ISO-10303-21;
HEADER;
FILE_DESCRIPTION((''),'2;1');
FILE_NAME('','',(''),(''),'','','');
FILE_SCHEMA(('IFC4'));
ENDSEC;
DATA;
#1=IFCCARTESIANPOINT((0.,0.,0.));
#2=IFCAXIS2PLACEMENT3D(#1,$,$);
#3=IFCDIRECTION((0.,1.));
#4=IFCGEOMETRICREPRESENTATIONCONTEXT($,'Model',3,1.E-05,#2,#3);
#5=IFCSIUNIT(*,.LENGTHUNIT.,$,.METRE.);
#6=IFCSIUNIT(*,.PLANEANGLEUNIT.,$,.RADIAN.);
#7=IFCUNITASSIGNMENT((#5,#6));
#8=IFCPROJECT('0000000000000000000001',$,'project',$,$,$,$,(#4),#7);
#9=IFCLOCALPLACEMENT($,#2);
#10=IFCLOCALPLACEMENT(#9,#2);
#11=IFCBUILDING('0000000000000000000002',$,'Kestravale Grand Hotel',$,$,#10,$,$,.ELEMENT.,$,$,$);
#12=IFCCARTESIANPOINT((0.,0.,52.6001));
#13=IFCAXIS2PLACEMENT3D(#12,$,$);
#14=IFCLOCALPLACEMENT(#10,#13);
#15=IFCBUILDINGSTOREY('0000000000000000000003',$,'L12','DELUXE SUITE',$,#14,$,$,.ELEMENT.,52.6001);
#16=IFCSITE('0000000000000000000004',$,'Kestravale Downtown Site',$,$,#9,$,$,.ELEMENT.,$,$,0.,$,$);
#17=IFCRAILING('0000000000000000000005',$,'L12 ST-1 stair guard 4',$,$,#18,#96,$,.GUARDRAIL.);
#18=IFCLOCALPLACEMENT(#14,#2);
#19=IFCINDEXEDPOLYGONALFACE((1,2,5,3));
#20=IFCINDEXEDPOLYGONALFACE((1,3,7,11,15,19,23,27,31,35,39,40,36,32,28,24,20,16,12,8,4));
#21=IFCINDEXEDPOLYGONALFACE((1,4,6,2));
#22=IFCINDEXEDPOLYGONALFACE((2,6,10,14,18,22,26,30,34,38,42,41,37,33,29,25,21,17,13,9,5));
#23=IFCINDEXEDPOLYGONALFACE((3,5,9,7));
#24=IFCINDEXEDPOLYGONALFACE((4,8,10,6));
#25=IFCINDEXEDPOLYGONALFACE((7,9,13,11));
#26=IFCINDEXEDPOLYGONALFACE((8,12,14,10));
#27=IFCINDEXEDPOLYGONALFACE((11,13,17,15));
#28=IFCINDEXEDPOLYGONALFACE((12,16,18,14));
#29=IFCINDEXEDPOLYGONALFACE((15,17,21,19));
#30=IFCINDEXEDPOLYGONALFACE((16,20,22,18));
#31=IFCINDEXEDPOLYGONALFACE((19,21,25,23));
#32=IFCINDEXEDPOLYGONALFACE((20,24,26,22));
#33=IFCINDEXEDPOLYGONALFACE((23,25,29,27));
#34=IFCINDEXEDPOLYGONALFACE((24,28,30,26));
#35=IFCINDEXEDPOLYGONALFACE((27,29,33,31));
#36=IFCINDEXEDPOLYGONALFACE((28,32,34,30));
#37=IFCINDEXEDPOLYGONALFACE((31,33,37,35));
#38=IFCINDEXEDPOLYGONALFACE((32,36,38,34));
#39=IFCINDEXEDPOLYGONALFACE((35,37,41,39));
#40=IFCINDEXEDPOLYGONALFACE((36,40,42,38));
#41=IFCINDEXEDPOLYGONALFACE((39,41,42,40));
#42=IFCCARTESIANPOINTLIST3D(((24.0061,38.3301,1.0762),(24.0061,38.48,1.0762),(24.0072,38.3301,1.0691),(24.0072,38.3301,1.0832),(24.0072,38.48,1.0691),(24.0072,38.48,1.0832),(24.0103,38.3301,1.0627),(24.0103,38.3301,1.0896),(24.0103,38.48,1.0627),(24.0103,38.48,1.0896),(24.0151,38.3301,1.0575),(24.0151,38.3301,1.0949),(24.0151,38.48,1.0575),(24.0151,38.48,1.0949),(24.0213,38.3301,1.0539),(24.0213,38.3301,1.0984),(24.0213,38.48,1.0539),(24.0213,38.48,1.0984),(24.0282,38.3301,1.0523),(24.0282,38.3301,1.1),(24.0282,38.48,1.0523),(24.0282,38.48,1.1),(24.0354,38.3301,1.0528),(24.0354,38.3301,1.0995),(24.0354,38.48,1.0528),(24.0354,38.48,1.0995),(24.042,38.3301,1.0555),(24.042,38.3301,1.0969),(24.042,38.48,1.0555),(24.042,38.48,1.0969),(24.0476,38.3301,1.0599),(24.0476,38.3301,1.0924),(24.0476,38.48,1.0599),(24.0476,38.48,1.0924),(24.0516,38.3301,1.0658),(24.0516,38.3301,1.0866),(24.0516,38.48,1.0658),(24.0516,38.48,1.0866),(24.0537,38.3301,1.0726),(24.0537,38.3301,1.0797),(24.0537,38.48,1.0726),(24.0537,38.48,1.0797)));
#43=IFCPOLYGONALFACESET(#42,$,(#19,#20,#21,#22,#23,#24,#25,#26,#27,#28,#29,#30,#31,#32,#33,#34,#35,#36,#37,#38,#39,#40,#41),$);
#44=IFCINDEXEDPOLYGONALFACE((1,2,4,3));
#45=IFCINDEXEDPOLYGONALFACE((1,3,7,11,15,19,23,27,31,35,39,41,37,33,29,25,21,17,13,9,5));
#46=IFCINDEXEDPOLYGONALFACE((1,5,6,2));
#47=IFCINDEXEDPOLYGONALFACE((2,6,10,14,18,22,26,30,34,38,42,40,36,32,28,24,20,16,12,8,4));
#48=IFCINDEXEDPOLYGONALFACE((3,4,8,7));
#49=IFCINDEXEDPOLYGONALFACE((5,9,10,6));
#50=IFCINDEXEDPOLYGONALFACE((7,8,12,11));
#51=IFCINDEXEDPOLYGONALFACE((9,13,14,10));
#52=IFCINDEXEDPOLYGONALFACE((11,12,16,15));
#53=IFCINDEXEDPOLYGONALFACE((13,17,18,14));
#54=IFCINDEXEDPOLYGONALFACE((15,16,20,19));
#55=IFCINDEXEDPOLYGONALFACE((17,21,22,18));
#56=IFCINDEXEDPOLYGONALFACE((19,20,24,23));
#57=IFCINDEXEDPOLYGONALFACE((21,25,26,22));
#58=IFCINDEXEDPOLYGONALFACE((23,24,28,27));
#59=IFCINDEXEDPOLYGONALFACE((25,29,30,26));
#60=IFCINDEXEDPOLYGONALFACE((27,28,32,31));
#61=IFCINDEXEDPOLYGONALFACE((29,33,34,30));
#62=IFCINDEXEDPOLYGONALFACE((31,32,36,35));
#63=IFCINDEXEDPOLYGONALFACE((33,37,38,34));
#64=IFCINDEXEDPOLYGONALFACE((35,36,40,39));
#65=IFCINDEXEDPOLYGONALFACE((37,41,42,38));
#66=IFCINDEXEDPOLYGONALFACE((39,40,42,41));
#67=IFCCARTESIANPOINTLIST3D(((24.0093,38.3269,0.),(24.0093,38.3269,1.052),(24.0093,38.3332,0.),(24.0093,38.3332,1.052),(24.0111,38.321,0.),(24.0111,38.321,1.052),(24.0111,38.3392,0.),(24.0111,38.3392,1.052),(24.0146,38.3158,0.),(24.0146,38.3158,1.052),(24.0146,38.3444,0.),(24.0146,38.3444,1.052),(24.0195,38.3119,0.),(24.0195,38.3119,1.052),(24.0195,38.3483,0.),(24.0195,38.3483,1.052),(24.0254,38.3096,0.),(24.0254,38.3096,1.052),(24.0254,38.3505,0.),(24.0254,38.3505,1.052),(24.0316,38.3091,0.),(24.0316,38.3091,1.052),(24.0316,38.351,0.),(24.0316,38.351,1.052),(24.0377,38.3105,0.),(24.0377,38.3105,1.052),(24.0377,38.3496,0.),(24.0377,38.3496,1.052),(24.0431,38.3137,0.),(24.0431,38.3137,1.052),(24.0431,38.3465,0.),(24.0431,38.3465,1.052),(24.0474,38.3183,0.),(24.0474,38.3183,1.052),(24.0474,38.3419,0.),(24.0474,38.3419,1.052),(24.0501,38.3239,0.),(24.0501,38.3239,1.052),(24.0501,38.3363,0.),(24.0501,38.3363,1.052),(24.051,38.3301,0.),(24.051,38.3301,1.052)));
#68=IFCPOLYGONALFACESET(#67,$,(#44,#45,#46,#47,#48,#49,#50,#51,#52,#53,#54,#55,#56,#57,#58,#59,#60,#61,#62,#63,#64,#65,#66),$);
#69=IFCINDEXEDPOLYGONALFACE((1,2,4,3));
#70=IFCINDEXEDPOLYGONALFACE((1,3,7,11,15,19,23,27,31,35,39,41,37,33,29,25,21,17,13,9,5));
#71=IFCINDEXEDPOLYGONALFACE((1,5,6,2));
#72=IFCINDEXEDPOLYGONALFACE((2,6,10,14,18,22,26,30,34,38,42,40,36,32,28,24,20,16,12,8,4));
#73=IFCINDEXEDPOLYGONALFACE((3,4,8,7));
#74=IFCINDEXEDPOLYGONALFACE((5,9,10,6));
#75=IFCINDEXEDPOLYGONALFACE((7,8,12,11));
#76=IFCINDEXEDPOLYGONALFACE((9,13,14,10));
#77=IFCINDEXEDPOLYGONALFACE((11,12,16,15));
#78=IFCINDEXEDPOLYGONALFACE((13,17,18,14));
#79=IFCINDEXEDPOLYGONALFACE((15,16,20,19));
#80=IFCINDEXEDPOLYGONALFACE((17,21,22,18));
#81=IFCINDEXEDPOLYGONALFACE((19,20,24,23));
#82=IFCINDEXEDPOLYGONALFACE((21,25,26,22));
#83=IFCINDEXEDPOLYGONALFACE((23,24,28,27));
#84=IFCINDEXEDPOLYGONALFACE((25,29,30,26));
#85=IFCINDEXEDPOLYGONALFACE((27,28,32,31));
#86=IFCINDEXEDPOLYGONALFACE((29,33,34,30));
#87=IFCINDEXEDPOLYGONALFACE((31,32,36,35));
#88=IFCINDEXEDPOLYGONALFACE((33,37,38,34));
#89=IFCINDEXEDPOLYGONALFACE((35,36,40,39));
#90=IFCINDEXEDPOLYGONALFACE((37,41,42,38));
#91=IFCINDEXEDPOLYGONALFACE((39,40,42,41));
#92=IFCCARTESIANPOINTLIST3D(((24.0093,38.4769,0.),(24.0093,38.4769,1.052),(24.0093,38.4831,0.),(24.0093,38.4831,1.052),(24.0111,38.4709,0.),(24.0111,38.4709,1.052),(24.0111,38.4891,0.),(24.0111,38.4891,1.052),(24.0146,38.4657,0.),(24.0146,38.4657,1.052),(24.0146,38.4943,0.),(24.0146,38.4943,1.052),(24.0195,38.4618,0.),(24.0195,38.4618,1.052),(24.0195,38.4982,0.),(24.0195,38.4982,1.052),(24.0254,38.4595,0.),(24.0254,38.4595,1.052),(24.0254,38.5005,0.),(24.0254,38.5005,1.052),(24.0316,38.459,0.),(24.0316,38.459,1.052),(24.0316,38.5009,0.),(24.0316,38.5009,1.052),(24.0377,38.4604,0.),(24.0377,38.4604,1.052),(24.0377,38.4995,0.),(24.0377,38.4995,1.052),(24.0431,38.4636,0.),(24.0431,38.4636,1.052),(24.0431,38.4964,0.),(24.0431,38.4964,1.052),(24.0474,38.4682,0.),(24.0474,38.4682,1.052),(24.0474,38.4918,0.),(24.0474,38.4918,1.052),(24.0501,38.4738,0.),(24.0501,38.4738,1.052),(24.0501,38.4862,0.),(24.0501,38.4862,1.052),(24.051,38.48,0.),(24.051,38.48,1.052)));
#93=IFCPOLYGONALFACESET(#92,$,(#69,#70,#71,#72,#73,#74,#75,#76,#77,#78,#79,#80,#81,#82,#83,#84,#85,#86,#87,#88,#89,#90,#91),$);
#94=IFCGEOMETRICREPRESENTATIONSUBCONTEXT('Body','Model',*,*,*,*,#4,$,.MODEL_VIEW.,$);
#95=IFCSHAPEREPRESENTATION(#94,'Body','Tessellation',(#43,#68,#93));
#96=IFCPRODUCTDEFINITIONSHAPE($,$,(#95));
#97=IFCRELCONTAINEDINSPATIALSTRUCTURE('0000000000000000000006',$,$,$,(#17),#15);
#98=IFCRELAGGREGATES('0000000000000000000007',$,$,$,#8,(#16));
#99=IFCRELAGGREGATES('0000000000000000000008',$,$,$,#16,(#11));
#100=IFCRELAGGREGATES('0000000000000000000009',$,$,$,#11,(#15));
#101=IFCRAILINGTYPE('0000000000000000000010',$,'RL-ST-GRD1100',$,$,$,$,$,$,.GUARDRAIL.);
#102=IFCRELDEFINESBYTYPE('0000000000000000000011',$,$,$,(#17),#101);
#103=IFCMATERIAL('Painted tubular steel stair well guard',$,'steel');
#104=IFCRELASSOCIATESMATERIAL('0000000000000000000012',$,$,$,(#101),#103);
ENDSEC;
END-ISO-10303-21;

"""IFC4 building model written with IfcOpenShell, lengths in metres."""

from ifc_helpers import new_model, si_unit, direction, frame, origin, origin_2d, place, context, subcontext, project, spatial, circle, extrude, material, type_object, element, save


model = new_model("IFC4")

# Units and contexts
model_context = context("Model", 3, precision=1e-05, world=origin(), true_north=direction((0.0, 1.0)))
body_context = subcontext(model_context, "Body", "Model", "MODEL_VIEW")
ifc_project = project(units=[si_unit("LENGTHUNIT", "METRE"), si_unit("PLANEANGLEUNIT", "RADIAN")], contexts=[model_context])

# Site, building, storey
site_placement = place(None, origin())
site = spatial("IfcSite", under=ifc_project, at=site_placement, Name="Kestravale Downtown Site", CompositionType="ELEMENT", RefElevation=0.0)
building_placement = place(site_placement, origin())
building = spatial("IfcBuilding", under=site, at=building_placement, Name="Kestravale Grand Hotel", CompositionType="ELEMENT")
storey_placement = place(building_placement, frame((0.0, 0.0, 52.6001)))
storey = spatial("IfcBuildingStorey", under=building, at=storey_placement, Name="L12", Description="DELUXE SUITE", CompositionType="ELEMENT", Elevation=52.6001)

# Railing
ifc_material_1 = material(Name="Painted tubular steel stair well guard", Category="steel")
railing_type_1 = type_object("IfcRailingType", Name="RL-ST-GRD1100", PredefinedType="GUARDRAIL", material=ifc_material_1)
railing_1_placement = place(storey_placement, frame((24.03, 38.3301, 0.0)))
element("IfcRailing", 1, at=railing_1_placement, inside=storey, type_object=railing_type_1, Name="L12 ST-1 stair guard 4", PredefinedType="GUARDRAIL", context=body_context, shape_type="SweptSolid", body=[
    extrude(circle(Radius=0.0239, at=origin_2d()), frame((0.0, 0.0, 1.0762), z_axis=(0.0, 1.0, 0.0), x_axis=(-1.0, 0.0, 0.0)), (0.0, 0.0, 1.0), 0.1499),
    extrude(circle(Radius=0.021, at=origin_2d()), origin(), (0.0, 0.0, 1.0), 1.052),
    extrude(circle(Radius=0.021, at=origin_2d()), frame((0.0, 0.1499, 0.0)), (0.0, 0.0, 1.0), 1.052),
])

save(model, "model.ifc")
